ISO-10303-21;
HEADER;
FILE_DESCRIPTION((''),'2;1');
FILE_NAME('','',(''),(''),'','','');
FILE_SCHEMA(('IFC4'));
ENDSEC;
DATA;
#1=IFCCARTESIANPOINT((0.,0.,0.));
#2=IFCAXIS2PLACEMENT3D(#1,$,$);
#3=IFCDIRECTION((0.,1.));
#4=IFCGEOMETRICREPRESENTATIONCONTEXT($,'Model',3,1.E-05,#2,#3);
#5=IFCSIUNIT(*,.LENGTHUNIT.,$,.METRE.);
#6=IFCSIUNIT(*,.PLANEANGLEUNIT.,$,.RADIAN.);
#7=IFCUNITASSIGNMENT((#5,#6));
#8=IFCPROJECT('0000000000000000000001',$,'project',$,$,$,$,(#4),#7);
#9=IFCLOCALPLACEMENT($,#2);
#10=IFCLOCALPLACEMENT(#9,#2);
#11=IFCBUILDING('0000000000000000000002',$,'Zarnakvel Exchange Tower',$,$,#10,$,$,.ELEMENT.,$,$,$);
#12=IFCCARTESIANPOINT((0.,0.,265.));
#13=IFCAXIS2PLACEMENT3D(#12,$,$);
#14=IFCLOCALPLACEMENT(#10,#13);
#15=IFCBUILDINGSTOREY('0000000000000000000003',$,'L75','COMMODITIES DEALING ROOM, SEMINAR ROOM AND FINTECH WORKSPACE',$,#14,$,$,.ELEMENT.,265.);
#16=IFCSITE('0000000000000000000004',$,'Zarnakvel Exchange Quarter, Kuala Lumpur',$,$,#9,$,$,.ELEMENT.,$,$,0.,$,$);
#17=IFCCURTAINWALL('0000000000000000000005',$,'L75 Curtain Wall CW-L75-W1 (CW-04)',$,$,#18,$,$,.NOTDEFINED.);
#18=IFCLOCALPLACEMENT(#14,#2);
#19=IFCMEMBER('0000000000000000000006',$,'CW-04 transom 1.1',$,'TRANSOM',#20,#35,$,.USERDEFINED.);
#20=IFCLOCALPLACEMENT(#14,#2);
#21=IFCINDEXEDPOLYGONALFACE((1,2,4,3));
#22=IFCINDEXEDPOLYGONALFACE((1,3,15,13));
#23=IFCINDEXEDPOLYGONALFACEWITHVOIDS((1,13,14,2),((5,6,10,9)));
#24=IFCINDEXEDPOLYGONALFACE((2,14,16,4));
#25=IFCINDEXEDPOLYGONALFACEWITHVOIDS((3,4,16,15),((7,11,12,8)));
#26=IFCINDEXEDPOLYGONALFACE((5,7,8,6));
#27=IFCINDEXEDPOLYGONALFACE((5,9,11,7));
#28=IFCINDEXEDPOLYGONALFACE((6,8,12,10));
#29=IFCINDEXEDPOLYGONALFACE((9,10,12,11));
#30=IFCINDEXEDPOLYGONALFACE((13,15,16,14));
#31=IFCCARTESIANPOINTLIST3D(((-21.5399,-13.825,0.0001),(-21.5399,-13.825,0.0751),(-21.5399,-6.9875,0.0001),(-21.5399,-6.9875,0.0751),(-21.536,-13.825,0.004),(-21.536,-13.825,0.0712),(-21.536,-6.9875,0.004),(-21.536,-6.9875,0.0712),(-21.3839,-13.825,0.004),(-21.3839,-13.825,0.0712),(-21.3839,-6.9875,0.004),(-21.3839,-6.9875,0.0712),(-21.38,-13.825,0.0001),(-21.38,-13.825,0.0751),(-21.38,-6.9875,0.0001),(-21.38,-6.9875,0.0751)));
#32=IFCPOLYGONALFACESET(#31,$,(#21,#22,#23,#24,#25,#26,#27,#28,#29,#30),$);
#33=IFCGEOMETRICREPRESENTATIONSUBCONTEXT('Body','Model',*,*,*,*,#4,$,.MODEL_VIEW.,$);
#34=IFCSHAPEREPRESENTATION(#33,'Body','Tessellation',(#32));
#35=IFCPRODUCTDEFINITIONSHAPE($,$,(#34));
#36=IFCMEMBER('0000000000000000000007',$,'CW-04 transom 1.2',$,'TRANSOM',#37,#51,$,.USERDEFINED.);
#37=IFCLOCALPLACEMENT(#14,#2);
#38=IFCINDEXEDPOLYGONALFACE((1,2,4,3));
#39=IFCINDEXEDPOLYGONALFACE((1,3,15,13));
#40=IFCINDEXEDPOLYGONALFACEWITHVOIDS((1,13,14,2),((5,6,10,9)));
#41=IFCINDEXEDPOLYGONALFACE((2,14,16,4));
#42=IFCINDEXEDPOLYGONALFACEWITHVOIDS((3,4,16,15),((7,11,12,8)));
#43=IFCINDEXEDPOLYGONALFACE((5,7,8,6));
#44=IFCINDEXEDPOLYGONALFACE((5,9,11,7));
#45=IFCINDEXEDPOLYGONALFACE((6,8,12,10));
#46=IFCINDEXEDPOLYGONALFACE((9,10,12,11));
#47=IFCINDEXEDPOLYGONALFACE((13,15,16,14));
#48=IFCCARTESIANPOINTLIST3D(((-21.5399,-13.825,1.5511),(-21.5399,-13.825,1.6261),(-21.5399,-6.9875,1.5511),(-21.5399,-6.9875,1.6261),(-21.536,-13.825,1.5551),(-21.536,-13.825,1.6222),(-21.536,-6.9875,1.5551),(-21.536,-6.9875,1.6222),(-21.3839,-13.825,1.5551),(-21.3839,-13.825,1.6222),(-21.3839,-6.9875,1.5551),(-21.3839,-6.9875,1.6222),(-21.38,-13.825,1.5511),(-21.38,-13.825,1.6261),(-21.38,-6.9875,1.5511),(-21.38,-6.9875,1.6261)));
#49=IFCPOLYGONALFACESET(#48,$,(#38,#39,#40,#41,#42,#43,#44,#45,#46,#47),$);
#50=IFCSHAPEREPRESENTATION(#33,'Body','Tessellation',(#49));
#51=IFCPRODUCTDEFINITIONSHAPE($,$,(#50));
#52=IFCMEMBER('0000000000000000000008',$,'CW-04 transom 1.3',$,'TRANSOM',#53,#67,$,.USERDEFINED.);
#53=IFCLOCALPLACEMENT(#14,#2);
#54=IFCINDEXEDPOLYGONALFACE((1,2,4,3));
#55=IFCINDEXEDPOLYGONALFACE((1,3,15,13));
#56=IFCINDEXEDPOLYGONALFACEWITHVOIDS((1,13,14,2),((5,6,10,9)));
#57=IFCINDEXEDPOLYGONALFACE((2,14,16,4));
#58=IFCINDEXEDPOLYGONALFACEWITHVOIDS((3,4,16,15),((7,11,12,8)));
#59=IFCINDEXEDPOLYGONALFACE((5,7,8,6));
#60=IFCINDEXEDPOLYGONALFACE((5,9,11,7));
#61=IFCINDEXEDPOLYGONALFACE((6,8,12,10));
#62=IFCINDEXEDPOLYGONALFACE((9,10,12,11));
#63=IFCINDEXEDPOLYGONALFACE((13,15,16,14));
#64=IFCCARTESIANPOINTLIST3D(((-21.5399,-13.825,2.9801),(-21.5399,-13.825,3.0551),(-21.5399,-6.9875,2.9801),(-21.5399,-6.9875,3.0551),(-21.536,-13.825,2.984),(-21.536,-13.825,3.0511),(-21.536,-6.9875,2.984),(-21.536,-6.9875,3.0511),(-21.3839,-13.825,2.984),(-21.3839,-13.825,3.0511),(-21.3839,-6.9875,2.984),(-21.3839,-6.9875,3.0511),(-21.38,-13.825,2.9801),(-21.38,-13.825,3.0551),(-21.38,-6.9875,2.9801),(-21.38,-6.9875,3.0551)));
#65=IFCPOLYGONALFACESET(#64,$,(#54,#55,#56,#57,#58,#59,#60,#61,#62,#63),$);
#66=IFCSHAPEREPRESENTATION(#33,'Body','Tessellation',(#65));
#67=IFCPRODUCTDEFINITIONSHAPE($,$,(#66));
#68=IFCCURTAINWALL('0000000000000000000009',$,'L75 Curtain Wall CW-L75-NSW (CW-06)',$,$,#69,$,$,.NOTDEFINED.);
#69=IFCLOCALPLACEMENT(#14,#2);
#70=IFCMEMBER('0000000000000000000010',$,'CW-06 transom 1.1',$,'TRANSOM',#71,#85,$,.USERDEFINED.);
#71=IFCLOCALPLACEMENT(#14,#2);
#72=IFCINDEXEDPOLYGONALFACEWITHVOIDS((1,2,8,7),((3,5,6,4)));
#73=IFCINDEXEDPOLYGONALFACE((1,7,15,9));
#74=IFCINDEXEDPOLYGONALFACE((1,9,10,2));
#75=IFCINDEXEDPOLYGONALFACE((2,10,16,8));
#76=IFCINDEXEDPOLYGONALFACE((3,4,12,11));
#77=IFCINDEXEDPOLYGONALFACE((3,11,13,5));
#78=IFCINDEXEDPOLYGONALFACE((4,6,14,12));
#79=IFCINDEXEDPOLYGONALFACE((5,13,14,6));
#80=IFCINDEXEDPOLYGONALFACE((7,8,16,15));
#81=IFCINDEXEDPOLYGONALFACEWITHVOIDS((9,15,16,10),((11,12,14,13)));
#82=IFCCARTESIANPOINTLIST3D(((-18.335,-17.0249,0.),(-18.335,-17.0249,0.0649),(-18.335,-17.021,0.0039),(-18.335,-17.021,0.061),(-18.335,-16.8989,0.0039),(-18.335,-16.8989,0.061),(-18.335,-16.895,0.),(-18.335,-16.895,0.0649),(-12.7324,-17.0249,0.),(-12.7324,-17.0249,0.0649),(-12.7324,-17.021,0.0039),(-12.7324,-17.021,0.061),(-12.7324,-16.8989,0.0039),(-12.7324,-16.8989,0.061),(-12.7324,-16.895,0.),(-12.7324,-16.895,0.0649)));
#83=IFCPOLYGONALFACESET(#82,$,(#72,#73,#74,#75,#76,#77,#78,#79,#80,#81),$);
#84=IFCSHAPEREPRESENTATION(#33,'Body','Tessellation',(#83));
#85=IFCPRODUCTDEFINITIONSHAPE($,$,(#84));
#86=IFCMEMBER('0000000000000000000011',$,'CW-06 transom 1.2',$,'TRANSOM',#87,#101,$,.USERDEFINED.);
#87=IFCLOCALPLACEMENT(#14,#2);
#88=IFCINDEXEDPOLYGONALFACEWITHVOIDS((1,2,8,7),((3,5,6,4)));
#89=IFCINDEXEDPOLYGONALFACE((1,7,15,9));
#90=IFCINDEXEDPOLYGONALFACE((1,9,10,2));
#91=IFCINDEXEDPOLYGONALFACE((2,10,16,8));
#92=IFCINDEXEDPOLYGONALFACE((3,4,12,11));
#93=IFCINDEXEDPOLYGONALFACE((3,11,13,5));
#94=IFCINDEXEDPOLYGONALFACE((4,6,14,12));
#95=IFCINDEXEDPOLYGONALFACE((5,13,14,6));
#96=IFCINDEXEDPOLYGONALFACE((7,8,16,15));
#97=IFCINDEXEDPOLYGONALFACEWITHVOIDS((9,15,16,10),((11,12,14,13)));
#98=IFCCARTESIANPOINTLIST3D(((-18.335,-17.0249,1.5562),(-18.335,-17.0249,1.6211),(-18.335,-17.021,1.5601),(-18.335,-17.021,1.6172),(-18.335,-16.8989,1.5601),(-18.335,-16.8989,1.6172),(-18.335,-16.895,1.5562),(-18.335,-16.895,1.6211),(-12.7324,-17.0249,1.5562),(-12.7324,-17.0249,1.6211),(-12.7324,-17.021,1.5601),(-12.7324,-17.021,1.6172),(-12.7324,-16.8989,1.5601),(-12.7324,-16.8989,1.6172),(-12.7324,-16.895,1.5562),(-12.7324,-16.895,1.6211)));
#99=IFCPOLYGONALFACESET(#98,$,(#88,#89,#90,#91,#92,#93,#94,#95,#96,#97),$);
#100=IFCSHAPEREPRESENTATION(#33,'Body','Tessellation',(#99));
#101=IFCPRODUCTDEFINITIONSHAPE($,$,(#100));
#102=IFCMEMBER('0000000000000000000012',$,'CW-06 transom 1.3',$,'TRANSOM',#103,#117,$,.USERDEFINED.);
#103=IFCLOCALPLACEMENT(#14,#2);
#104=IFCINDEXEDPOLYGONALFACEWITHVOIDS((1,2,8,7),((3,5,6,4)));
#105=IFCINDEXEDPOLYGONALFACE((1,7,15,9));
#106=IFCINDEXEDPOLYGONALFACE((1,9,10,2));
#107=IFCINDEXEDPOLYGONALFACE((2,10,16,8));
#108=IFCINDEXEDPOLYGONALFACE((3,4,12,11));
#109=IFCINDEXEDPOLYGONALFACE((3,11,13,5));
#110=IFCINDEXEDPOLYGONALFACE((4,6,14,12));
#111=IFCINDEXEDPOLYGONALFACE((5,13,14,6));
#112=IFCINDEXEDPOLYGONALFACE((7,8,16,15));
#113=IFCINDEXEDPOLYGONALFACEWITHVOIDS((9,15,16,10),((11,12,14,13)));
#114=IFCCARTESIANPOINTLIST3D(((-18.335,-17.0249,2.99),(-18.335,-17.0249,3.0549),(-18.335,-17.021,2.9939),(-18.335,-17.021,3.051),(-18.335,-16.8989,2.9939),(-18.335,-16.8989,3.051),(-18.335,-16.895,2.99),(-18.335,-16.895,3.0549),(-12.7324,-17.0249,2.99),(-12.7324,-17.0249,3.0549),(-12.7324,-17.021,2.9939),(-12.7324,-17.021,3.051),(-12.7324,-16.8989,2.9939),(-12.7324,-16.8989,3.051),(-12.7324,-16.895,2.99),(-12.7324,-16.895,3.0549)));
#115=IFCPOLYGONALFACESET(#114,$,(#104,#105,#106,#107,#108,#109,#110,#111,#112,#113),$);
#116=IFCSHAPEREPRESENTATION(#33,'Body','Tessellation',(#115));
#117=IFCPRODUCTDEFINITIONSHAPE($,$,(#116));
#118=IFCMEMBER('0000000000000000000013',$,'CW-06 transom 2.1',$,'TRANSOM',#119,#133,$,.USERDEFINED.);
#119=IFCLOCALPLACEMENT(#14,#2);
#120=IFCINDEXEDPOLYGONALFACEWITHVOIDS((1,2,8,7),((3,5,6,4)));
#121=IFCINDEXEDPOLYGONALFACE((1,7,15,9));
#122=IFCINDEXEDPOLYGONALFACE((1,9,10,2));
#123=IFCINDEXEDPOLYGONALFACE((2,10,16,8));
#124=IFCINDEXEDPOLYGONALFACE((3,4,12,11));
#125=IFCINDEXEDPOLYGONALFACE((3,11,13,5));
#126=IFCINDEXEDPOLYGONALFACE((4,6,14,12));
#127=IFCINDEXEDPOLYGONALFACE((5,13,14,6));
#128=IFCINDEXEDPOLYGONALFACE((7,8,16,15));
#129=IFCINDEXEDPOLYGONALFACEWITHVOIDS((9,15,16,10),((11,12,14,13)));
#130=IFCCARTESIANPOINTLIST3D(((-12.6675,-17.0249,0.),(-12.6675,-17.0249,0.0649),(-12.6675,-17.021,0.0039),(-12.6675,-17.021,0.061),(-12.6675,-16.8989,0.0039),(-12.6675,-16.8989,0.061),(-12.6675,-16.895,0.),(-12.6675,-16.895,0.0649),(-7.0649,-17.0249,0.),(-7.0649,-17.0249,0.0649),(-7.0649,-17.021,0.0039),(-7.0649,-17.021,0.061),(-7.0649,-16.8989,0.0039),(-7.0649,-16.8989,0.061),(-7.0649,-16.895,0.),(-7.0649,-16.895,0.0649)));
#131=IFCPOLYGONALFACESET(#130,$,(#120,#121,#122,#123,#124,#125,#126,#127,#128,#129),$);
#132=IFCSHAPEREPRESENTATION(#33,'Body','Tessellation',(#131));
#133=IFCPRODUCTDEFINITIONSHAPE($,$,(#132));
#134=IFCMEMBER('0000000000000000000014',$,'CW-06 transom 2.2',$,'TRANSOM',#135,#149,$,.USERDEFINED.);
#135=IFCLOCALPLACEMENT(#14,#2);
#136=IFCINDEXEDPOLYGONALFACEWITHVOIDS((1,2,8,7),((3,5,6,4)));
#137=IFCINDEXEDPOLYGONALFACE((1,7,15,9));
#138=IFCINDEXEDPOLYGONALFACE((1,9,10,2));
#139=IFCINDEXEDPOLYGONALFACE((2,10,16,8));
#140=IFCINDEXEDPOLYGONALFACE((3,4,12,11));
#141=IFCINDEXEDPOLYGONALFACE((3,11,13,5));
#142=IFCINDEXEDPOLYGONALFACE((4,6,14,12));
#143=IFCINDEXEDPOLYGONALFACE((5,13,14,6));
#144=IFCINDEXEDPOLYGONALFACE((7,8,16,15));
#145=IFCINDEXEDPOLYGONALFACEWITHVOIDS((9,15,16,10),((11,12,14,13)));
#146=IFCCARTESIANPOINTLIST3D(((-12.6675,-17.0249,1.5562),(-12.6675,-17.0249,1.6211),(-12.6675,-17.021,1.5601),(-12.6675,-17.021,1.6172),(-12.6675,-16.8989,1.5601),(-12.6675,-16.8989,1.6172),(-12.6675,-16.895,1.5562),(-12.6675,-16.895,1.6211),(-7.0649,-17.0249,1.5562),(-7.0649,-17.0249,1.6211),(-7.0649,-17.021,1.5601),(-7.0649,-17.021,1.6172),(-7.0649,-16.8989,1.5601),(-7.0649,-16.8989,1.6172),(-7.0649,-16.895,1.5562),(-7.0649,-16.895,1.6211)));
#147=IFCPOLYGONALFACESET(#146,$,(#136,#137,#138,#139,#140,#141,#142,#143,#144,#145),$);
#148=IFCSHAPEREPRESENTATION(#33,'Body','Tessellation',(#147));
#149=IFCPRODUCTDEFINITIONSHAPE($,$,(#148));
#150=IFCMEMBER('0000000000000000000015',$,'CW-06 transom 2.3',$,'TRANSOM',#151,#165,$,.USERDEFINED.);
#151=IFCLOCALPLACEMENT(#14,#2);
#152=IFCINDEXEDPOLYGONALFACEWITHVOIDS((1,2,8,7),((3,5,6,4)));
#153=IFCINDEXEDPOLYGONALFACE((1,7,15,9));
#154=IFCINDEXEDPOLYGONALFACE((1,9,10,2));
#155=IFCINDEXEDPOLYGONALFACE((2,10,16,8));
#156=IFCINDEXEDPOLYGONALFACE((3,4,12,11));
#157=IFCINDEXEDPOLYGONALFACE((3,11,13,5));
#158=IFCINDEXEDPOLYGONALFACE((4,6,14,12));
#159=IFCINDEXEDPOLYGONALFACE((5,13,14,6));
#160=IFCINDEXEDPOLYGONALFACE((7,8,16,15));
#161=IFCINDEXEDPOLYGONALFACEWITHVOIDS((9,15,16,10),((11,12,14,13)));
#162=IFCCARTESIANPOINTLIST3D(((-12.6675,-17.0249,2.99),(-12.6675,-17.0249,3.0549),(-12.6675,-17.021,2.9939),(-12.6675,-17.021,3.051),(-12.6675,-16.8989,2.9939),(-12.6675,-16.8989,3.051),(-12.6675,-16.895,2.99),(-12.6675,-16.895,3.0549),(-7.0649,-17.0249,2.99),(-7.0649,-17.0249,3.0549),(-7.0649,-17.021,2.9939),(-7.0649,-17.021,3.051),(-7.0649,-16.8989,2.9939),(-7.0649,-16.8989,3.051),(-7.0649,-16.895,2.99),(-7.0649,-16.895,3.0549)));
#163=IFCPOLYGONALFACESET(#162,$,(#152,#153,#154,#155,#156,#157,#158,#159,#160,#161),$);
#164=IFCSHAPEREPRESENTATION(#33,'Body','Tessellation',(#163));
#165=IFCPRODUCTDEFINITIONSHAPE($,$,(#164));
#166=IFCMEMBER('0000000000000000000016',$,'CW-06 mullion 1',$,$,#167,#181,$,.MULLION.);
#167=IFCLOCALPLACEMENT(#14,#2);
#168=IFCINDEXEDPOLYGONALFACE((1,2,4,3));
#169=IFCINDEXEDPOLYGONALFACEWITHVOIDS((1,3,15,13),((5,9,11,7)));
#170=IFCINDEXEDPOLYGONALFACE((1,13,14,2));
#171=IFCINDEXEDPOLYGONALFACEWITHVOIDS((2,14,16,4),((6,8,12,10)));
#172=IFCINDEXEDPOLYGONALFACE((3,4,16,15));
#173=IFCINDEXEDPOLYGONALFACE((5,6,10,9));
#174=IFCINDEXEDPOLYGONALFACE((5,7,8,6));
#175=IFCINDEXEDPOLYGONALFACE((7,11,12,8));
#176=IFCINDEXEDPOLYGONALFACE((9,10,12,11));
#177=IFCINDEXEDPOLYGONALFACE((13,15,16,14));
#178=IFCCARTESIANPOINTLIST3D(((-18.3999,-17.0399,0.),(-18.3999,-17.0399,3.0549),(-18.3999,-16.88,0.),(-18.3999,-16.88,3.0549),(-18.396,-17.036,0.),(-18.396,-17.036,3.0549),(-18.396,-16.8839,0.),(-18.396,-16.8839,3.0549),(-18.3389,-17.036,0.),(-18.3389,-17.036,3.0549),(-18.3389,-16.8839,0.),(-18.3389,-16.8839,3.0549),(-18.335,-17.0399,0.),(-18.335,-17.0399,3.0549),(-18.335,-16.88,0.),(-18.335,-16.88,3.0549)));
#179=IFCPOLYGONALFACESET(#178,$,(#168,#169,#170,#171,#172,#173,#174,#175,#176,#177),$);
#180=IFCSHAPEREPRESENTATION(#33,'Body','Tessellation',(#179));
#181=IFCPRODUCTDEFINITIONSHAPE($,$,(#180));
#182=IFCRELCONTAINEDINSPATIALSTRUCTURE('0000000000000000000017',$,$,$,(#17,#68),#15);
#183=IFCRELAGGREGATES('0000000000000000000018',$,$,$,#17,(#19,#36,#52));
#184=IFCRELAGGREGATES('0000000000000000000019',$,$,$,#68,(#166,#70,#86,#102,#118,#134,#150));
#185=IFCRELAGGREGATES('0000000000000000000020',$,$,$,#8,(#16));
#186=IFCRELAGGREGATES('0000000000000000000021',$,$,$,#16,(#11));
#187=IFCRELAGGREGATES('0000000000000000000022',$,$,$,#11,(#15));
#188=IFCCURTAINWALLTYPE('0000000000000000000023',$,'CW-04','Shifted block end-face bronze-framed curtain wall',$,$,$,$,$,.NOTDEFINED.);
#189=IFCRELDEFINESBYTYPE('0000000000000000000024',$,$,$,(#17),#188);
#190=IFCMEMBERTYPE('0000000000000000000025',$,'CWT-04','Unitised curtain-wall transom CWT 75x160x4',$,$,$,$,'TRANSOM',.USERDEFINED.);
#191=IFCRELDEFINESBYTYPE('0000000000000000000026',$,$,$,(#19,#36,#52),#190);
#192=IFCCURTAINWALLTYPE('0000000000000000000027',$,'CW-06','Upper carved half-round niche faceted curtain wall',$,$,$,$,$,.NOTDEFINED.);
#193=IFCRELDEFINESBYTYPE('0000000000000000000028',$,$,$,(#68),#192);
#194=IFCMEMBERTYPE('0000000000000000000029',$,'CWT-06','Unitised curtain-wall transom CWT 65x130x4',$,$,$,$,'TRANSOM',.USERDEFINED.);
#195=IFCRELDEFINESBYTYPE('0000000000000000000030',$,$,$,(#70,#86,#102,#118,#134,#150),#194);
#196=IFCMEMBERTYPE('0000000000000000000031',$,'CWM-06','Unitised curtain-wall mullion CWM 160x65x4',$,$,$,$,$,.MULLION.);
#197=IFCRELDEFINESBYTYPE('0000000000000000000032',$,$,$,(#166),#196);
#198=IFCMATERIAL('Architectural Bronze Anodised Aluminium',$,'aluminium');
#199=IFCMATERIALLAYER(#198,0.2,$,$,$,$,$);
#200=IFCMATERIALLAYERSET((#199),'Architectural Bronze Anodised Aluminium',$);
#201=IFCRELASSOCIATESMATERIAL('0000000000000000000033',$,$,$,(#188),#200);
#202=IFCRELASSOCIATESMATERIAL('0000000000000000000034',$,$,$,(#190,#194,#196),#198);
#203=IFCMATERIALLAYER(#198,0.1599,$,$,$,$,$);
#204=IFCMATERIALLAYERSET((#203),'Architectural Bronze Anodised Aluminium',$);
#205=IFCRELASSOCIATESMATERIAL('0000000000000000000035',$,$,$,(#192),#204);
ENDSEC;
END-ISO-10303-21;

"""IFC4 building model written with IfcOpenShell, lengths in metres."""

from ifc_helpers import new_model, si_unit, direction, frame, origin, origin_2d, place, context, subcontext, project, spatial, hollow_rectangle, extrude, source, transform, mapped, material, layer, layer_set, material_profile, profile_set, type_object, element, aggregate, save


model = new_model("IFC4")

# Units and contexts
model_context = context("Model", 3, precision=1e-05, world=origin(), true_north=direction((0.0, 1.0)))
body_context = subcontext(model_context, "Body", "Model", "MODEL_VIEW")
ifc_project = project(units=[si_unit("LENGTHUNIT", "METRE"), si_unit("PLANEANGLEUNIT", "RADIAN")], contexts=[model_context])

# Site, building, storey
site_placement = place(None, origin())
site = spatial("IfcSite", under=ifc_project, at=site_placement, Name="Zarnakvel Exchange Quarter, Kuala Lumpur", CompositionType="ELEMENT", RefElevation=0.0)
building_placement = place(site_placement, origin())
building = spatial("IfcBuilding", under=site, at=building_placement, Name="Zarnakvel Exchange Tower", CompositionType="ELEMENT")
storey_placement = place(building_placement, frame((0.0, 0.0, 265.0)))
storey = spatial("IfcBuildingStorey", under=building, at=storey_placement, Name="L75", Description="COMMODITIES DEALING ROOM, SEMINAR ROOM AND FINTECH WORKSPACE", CompositionType="ELEMENT", Elevation=265.0)

# Curtain wall, members
ifc_material_1 = material(Name="Architectural Bronze Anodised Aluminium", Category="aluminium")
ifc_layer_1 = layer(ifc_material_1, 0.2)
ifc_layer_set_1 = layer_set([ifc_layer_1], Name="Architectural Bronze Anodised Aluminium")
curtain_wall_type_1 = type_object("IfcCurtainWallType", Name="CW-04", Description="Shifted block end-face bronze-framed curtain wall", PredefinedType="NOTDEFINED", material=ifc_layer_set_1)
curtain_wall_1_placement = place(storey_placement, origin())
curtain_wall_1 = element("IfcCurtainWall", 1, at=curtain_wall_1_placement, inside=storey, type_object=curtain_wall_type_1, Name="L75 Curtain Wall CW-L75-W1 (CW-04)", PredefinedType="NOTDEFINED")
ifc_material_profile_1 = material_profile(ifc_material_1, hollow_rectangle(XDim=0.1599, YDim=0.075, WallThickness=0.0039, at=origin_2d()))
ifc_profile_set_1 = profile_set([ifc_material_profile_1], Name="Architectural Bronze Anodised Aluminium")
member_type_1 = type_object("IfcMemberType", Name="CWT-04", Description="Unitised curtain-wall transom CWT 75x160x4", ElementType="TRANSOM", PredefinedType="USERDEFINED", material=ifc_profile_set_1)
shared_shape_1 = source(origin(), body_context, "Body", "SweptSolid", [
    extrude(hollow_rectangle(XDim=0.1599, YDim=0.075, WallThickness=0.0039, at=origin_2d()), origin(), (0.0, 0.0, 1.0), 6.8374),
])
member_1_placement = place(storey_placement, frame((-21.46, -13.825, 0.0376), z_axis=(0.0, 1.0, 0.0), x_axis=(-1.0, 0.0, 0.0)))
member_1 = element("IfcMember", 2, at=member_1_placement, type_object=member_type_1, Name="CW-04 transom 1.1", ObjectType="TRANSOM", PredefinedType="USERDEFINED", context=body_context, shape_type="MappedRepresentation", body=[
    mapped(shared_shape_1, transform((0.0, 0.0, 0.0), x_axis=(1.0, 0.0, 0.0), y_axis=(0.0, 1.0, 0.0), z_axis=(0.0, 0.0, 1.0), scale=1.0)),
])
member_2_placement = place(storey_placement, frame((-21.46, -13.825, 1.5886), z_axis=(0.0, 1.0, 0.0), x_axis=(-1.0, 0.0, 0.0)))
member_2 = element("IfcMember", 3, at=member_2_placement, type_object=member_type_1, Name="CW-04 transom 1.2", ObjectType="TRANSOM", PredefinedType="USERDEFINED", context=body_context, shape_type="MappedRepresentation", body=[
    mapped(shared_shape_1, transform((0.0, 0.0, 0.0), x_axis=(1.0, 0.0, 0.0), y_axis=(0.0, 1.0, 0.0), z_axis=(0.0, 0.0, 1.0), scale=1.0)),
])
member_3_placement = place(storey_placement, frame((-21.46, -13.825, 3.0176), z_axis=(0.0, 1.0, 0.0), x_axis=(-1.0, 0.0, 0.0)))
member_3 = element("IfcMember", 4, at=member_3_placement, type_object=member_type_1, Name="CW-04 transom 1.3", ObjectType="TRANSOM", PredefinedType="USERDEFINED", context=body_context, shape_type="MappedRepresentation", body=[
    mapped(shared_shape_1, transform((0.0, 0.0, 0.0), x_axis=(1.0, 0.0, 0.0), y_axis=(0.0, 1.0, 0.0), z_axis=(0.0, 0.0, 1.0), scale=1.0)),
])
aggregate(curtain_wall_1, [member_1, member_2, member_3])

# Curtain wall, members
ifc_layer_2 = layer(ifc_material_1, 0.1599)
ifc_layer_set_2 = layer_set([ifc_layer_2], Name="Architectural Bronze Anodised Aluminium")
curtain_wall_type_2 = type_object("IfcCurtainWallType", Name="CW-06", Description="Upper carved half-round niche faceted curtain wall", PredefinedType="NOTDEFINED", material=ifc_layer_set_2)
curtain_wall_2_placement = place(storey_placement, origin())
curtain_wall_2 = element("IfcCurtainWall", 5, at=curtain_wall_2_placement, inside=storey, type_object=curtain_wall_type_2, Name="L75 Curtain Wall CW-L75-NSW (CW-06)", PredefinedType="NOTDEFINED")
ifc_material_profile_2 = material_profile(ifc_material_1, hollow_rectangle(XDim=0.1299, YDim=0.0649, WallThickness=0.0039, at=origin_2d()))
ifc_profile_set_2 = profile_set([ifc_material_profile_2], Name="Architectural Bronze Anodised Aluminium")
member_type_2 = type_object("IfcMemberType", Name="CWT-06", Description="Unitised curtain-wall transom CWT 65x130x4", ElementType="TRANSOM", PredefinedType="USERDEFINED", material=ifc_profile_set_2)
shared_shape_2 = source(origin(), body_context, "Body", "SweptSolid", [
    extrude(hollow_rectangle(XDim=0.1299, YDim=0.0649, WallThickness=0.0039, at=origin_2d()), origin(), (0.0, 0.0, 1.0), 5.6025),
])
member_4_placement = place(storey_placement, frame((-18.335, -16.96, 0.0325), z_axis=(1.0, 0.0, 0.0), x_axis=(0.0, 1.0, 0.0)))
member_4 = element("IfcMember", 6, at=member_4_placement, type_object=member_type_2, Name="CW-06 transom 1.1", ObjectType="TRANSOM", PredefinedType="USERDEFINED", context=body_context, shape_type="MappedRepresentation", body=[
    mapped(shared_shape_2, transform((0.0, 0.0, 0.0), x_axis=(1.0, 0.0, 0.0), y_axis=(0.0, 1.0, 0.0), z_axis=(0.0, 0.0, 1.0), scale=1.0)),
])
member_5_placement = place(storey_placement, frame((-18.335, -16.96, 1.5886), z_axis=(1.0, 0.0, 0.0), x_axis=(0.0, 1.0, 0.0)))
member_5 = element("IfcMember", 7, at=member_5_placement, type_object=member_type_2, Name="CW-06 transom 1.2", ObjectType="TRANSOM", PredefinedType="USERDEFINED", context=body_context, shape_type="MappedRepresentation", body=[
    mapped(shared_shape_2, transform((0.0, 0.0, 0.0), x_axis=(1.0, 0.0, 0.0), y_axis=(0.0, 1.0, 0.0), z_axis=(0.0, 0.0, 1.0), scale=1.0)),
])
member_6_placement = place(storey_placement, frame((-18.335, -16.96, 3.0225), z_axis=(1.0, 0.0, 0.0), x_axis=(0.0, 1.0, 0.0)))
member_6 = element("IfcMember", 8, at=member_6_placement, type_object=member_type_2, Name="CW-06 transom 1.3", ObjectType="TRANSOM", PredefinedType="USERDEFINED", context=body_context, shape_type="MappedRepresentation", body=[
    mapped(shared_shape_2, transform((0.0, 0.0, 0.0), x_axis=(1.0, 0.0, 0.0), y_axis=(0.0, 1.0, 0.0), z_axis=(0.0, 0.0, 1.0), scale=1.0)),
])
member_7_placement = place(storey_placement, frame((-12.6675, -16.96, 0.0325), z_axis=(1.0, 0.0, 0.0), x_axis=(0.0, 1.0, 0.0)))
member_7 = element("IfcMember", 9, at=member_7_placement, type_object=member_type_2, Name="CW-06 transom 2.1", ObjectType="TRANSOM", PredefinedType="USERDEFINED", context=body_context, shape_type="MappedRepresentation", body=[
    mapped(shared_shape_2, transform((0.0, 0.0, 0.0), x_axis=(1.0, 0.0, 0.0), y_axis=(0.0, 1.0, 0.0), z_axis=(0.0, 0.0, 1.0), scale=1.0)),
])
member_8_placement = place(storey_placement, frame((-12.6675, -16.96, 1.5886), z_axis=(1.0, 0.0, 0.0), x_axis=(0.0, 1.0, 0.0)))
member_8 = element("IfcMember", 10, at=member_8_placement, type_object=member_type_2, Name="CW-06 transom 2.2", ObjectType="TRANSOM", PredefinedType="USERDEFINED", context=body_context, shape_type="MappedRepresentation", body=[
    mapped(shared_shape_2, transform((0.0, 0.0, 0.0), x_axis=(1.0, 0.0, 0.0), y_axis=(0.0, 1.0, 0.0), z_axis=(0.0, 0.0, 1.0), scale=1.0)),
])
member_9_placement = place(storey_placement, frame((-12.6675, -16.96, 3.0225), z_axis=(1.0, 0.0, 0.0), x_axis=(0.0, 1.0, 0.0)))
member_9 = element("IfcMember", 11, at=member_9_placement, type_object=member_type_2, Name="CW-06 transom 2.3", ObjectType="TRANSOM", PredefinedType="USERDEFINED", context=body_context, shape_type="MappedRepresentation", body=[
    mapped(shared_shape_2, transform((0.0, 0.0, 0.0), x_axis=(1.0, 0.0, 0.0), y_axis=(0.0, 1.0, 0.0), z_axis=(0.0, 0.0, 1.0), scale=1.0)),
])
ifc_material_profile_3 = material_profile(ifc_material_1, hollow_rectangle(XDim=0.1599, YDim=0.0649, WallThickness=0.0039, at=origin_2d()))
ifc_profile_set_3 = profile_set([ifc_material_profile_3], Name="Architectural Bronze Anodised Aluminium")
member_type_3 = type_object("IfcMemberType", Name="CWM-06", Description="Unitised curtain-wall mullion CWM 160x65x4", PredefinedType="MULLION", material=ifc_profile_set_3)
shared_shape_3 = source(origin(), body_context, "Body", "SweptSolid", [
    extrude(hollow_rectangle(XDim=0.1599, YDim=0.0649, WallThickness=0.0039, at=origin_2d()), origin(), (0.0, 0.0, 1.0), 3.0549),
])
member_10_placement = place(storey_placement, frame((-18.3674, -16.96, 0.0), z_axis=(0.0, 0.0, 1.0), x_axis=(0.0, 1.0, 0.0)))
member_10 = element("IfcMember", 12, at=member_10_placement, type_object=member_type_3, Name="CW-06 mullion 1", PredefinedType="MULLION", context=body_context, shape_type="MappedRepresentation", body=[
    mapped(shared_shape_3, transform((0.0, 0.0, 0.0), x_axis=(1.0, 0.0, 0.0), y_axis=(0.0, 1.0, 0.0), z_axis=(0.0, 0.0, 1.0), scale=1.0)),
])
aggregate(curtain_wall_2, [member_10, member_4, member_5, member_6, member_7, member_8, member_9])

save(model, "model.ifc")
